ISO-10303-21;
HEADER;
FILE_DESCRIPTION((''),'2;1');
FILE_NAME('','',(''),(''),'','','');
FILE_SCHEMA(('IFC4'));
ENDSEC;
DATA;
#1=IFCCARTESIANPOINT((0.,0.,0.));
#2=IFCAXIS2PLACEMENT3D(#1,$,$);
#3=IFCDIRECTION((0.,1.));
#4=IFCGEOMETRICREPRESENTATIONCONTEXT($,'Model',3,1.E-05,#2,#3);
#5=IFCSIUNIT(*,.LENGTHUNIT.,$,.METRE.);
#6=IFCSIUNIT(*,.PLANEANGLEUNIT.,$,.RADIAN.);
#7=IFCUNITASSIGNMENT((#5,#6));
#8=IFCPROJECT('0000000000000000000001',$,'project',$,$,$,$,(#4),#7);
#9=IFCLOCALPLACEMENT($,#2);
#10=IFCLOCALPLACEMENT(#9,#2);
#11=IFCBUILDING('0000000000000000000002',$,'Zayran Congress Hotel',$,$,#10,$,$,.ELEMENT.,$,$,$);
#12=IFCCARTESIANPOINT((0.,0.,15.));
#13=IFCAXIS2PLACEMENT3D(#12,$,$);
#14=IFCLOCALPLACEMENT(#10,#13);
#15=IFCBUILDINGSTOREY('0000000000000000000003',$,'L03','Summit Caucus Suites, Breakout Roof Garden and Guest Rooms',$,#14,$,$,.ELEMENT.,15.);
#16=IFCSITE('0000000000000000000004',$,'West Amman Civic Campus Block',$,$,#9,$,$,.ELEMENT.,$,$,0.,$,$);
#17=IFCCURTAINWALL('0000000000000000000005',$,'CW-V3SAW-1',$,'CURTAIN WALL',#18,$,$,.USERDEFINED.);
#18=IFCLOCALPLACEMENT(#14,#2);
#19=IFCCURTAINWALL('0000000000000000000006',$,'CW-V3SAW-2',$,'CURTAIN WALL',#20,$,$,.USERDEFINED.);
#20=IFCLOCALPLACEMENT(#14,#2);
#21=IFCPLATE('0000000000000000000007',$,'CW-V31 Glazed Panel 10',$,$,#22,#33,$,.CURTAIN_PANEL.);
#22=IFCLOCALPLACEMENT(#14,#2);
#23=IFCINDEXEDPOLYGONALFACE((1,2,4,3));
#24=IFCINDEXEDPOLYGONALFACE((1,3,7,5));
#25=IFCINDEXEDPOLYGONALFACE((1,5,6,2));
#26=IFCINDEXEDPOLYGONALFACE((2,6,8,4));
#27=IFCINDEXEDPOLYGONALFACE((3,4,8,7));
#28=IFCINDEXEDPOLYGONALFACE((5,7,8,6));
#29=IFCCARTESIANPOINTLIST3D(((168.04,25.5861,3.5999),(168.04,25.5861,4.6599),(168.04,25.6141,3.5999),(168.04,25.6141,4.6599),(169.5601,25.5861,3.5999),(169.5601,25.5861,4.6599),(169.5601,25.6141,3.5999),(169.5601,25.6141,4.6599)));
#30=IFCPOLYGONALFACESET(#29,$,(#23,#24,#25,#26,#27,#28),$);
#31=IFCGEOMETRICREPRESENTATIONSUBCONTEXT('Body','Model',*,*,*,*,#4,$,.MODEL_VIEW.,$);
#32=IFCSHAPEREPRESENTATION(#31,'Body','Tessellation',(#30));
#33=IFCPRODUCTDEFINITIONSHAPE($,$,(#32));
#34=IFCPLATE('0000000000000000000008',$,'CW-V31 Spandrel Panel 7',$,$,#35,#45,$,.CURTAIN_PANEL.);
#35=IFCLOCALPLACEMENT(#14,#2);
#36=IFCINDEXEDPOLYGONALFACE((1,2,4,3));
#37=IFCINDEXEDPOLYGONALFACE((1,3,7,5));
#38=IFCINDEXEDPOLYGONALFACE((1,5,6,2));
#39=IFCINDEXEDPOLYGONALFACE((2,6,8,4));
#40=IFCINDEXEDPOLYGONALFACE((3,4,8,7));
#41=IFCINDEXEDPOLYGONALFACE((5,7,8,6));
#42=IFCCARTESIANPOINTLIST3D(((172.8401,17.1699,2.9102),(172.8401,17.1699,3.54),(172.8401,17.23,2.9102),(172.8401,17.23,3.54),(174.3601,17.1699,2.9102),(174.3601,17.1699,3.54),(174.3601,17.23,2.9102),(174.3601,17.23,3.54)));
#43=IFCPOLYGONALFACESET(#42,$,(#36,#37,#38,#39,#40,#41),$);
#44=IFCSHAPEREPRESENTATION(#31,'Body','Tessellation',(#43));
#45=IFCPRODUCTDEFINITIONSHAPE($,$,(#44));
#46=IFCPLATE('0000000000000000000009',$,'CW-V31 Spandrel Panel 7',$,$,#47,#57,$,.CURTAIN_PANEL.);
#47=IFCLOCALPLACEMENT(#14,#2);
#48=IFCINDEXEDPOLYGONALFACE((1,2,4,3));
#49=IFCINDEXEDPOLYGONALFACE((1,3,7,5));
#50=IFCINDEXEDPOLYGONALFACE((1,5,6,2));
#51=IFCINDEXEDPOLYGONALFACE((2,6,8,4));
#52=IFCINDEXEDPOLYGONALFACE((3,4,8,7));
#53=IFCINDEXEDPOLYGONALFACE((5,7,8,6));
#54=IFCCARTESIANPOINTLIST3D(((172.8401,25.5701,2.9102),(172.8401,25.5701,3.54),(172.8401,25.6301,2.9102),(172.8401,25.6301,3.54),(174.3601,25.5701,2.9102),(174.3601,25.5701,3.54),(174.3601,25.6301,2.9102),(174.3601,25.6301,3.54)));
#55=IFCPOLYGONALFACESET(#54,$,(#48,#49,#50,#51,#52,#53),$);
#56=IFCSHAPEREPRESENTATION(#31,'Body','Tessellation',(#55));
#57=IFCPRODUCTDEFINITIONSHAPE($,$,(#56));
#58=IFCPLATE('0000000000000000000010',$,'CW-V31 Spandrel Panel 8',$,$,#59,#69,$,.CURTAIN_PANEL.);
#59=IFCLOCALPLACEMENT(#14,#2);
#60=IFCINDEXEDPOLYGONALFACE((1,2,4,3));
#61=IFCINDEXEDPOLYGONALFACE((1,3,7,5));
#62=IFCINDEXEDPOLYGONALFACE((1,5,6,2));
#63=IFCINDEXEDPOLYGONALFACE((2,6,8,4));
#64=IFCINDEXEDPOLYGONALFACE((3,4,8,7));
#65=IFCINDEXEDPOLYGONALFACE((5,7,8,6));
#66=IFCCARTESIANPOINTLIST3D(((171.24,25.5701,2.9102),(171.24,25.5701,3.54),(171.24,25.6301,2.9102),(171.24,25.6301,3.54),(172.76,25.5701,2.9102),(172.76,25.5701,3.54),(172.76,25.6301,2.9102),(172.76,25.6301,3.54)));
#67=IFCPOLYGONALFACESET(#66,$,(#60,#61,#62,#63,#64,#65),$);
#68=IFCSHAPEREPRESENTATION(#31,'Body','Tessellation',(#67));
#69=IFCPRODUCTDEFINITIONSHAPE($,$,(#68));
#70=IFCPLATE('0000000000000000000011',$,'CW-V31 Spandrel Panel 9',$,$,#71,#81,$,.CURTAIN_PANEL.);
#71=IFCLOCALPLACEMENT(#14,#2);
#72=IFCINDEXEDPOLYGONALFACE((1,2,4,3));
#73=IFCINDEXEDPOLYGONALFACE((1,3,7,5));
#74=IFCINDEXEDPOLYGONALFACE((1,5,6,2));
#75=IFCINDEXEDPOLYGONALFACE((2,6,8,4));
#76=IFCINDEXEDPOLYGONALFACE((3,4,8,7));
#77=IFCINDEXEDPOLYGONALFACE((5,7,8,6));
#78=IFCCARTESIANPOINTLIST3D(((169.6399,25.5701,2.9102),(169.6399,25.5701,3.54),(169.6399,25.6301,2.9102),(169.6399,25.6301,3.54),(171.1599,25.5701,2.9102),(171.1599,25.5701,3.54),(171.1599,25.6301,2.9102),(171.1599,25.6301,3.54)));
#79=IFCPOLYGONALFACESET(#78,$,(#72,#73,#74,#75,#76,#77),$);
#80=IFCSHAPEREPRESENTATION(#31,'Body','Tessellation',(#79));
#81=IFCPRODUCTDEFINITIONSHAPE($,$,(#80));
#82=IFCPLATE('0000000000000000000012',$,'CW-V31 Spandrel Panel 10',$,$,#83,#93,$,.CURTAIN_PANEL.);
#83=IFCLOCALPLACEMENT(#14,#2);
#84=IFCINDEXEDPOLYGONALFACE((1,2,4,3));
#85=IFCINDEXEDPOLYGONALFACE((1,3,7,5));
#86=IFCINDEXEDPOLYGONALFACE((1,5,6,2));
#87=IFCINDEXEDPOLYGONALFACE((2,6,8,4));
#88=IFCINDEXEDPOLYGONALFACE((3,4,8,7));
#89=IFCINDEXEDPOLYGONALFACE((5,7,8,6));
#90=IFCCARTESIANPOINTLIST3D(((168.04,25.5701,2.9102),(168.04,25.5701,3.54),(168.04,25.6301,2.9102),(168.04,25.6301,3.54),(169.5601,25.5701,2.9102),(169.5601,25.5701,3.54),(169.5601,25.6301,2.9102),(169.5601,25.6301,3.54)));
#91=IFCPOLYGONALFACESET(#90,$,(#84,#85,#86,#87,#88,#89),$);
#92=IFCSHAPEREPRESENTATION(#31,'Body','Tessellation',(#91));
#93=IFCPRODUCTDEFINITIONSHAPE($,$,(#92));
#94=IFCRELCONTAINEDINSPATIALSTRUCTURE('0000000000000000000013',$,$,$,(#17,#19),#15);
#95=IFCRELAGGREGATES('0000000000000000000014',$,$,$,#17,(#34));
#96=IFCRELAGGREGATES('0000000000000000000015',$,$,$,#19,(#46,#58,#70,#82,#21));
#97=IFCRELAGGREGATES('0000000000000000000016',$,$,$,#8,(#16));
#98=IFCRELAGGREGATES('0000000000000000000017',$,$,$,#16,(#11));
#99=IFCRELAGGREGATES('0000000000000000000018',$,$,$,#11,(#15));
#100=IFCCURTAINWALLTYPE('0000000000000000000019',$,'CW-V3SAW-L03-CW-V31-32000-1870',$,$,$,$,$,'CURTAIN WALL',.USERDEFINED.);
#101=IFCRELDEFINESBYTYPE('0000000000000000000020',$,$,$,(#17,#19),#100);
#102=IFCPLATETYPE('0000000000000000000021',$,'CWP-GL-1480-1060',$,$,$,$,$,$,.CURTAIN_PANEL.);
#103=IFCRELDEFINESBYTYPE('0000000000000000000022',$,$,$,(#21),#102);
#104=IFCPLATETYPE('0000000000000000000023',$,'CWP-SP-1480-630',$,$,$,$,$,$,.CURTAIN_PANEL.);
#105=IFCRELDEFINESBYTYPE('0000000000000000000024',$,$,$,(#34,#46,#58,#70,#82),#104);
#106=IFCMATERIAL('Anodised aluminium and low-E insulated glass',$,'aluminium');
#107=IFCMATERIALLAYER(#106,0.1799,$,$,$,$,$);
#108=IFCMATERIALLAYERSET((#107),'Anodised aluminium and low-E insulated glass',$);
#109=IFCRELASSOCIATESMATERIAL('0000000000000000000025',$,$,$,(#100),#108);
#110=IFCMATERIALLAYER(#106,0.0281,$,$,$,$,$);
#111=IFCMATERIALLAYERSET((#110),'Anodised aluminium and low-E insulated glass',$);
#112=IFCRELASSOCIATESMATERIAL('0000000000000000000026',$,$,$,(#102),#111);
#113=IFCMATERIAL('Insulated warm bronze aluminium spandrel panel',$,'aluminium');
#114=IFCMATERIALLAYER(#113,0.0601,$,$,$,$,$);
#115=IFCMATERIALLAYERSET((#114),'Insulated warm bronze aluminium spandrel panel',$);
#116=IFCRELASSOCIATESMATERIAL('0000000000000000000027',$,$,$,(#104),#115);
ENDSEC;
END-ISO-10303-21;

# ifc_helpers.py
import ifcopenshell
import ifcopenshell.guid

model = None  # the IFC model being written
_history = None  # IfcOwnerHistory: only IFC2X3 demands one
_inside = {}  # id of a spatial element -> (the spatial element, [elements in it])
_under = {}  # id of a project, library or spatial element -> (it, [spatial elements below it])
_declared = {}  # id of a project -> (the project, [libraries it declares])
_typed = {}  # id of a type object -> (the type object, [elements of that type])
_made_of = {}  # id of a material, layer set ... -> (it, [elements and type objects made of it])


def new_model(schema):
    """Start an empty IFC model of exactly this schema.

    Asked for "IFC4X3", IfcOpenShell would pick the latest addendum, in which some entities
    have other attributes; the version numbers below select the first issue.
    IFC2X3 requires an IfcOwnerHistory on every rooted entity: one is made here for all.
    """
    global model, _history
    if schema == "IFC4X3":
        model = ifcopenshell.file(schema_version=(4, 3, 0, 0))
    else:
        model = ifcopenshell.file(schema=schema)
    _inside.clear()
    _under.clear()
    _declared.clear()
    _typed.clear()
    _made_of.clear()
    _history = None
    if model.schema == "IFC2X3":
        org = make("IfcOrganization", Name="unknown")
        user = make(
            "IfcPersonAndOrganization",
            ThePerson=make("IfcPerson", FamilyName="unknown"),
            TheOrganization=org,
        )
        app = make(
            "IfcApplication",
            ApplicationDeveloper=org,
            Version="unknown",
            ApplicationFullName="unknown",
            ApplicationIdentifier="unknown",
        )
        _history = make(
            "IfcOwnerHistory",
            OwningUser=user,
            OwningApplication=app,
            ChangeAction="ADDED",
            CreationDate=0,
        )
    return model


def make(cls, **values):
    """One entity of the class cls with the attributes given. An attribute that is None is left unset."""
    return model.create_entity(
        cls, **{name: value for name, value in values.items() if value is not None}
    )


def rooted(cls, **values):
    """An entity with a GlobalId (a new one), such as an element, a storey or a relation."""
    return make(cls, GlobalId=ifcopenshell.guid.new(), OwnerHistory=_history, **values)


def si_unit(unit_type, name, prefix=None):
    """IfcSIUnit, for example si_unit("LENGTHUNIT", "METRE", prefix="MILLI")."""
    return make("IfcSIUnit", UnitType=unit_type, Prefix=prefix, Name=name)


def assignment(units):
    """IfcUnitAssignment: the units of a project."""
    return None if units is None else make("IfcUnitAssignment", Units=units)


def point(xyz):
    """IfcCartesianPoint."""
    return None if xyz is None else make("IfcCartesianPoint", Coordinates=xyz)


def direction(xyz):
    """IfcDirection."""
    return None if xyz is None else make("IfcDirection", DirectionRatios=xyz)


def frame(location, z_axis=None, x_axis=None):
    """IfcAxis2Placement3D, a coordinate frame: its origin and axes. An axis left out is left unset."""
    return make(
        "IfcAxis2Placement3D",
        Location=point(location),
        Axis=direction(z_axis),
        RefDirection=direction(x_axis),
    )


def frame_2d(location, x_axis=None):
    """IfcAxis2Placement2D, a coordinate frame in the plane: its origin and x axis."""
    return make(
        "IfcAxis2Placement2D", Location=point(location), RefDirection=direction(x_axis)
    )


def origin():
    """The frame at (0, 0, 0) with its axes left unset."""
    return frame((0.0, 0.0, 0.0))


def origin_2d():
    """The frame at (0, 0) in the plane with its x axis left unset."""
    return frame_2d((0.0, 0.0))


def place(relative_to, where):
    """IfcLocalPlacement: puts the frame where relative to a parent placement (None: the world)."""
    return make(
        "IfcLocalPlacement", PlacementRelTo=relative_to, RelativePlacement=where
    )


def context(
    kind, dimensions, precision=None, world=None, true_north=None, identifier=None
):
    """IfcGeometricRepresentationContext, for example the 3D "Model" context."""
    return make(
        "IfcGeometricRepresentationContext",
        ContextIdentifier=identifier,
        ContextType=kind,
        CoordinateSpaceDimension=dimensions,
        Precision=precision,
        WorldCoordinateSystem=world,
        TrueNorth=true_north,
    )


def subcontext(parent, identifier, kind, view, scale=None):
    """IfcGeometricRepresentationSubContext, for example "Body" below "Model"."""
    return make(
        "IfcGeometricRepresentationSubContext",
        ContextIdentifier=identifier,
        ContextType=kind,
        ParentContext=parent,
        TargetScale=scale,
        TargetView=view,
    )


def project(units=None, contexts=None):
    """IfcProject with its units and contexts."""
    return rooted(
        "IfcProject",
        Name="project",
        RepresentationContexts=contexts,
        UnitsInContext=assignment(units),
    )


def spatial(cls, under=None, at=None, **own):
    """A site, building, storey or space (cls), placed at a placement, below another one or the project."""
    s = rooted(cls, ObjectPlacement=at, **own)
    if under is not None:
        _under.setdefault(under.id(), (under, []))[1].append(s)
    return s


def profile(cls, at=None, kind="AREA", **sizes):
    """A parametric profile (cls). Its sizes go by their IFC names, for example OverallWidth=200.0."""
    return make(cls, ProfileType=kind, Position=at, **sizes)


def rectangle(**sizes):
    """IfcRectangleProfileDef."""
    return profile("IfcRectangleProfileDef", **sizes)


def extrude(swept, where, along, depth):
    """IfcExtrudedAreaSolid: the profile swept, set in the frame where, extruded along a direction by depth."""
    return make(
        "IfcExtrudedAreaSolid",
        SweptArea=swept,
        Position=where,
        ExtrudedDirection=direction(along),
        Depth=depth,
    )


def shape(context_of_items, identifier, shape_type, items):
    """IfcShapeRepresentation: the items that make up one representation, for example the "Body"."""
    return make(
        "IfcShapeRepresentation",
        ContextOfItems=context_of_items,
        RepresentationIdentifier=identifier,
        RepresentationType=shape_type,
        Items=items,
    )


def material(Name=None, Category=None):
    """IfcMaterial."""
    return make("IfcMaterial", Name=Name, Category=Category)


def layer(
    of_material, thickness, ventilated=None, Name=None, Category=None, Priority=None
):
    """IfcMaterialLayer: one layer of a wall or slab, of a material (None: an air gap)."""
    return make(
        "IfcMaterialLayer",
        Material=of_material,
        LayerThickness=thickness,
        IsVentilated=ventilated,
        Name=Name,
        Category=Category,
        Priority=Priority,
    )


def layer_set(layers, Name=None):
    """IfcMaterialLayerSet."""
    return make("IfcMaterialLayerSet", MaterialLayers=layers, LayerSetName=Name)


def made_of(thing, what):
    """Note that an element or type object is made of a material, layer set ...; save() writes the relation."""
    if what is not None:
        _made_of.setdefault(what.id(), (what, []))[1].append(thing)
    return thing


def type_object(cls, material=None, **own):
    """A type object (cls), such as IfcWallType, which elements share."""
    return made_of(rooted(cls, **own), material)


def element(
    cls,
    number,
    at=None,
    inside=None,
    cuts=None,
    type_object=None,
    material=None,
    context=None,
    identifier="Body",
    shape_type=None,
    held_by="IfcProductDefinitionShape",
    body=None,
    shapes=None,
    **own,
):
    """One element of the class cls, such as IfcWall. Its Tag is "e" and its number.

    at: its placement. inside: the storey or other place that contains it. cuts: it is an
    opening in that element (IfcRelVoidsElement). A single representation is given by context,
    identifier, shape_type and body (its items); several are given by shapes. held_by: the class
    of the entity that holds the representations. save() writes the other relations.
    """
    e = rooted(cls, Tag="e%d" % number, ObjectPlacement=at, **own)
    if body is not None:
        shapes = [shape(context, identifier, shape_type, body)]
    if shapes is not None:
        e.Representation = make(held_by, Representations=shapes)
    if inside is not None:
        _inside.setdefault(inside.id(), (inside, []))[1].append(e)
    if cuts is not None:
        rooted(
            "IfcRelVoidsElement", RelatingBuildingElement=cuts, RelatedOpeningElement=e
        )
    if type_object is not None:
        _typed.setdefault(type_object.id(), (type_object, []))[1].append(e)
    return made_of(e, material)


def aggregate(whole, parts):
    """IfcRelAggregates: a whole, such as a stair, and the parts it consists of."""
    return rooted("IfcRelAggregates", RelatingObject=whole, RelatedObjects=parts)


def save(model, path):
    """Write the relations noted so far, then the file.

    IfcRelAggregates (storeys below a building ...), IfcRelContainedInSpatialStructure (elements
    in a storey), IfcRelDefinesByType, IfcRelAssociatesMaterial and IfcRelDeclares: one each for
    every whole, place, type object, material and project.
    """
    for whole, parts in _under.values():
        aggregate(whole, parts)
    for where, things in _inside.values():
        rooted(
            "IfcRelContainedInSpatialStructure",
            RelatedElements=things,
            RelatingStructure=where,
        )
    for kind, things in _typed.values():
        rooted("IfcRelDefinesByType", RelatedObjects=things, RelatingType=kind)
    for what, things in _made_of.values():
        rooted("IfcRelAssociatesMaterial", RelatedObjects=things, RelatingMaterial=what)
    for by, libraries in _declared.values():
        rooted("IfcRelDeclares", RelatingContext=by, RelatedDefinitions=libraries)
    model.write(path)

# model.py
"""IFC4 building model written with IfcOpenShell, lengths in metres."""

from ifc_helpers import new_model, si_unit, direction, frame, origin, origin_2d, place, context, subcontext, project, spatial, rectangle, extrude, material, layer, layer_set, type_object, element, aggregate, save


model = new_model("IFC4")

# Units and contexts
model_context = context("Model", 3, precision=1e-05, world=origin(), true_north=direction((0.0, 1.0)))
body_context = subcontext(model_context, "Body", "Model", "MODEL_VIEW")
ifc_project = project(units=[si_unit("LENGTHUNIT", "METRE"), si_unit("PLANEANGLEUNIT", "RADIAN")], contexts=[model_context])

# Site, building, storey
site_placement = place(None, origin())
site = spatial("IfcSite", under=ifc_project, at=site_placement, Name="West Amman Civic Campus Block", CompositionType="ELEMENT", RefElevation=0.0)
building_placement = place(site_placement, origin())
building = spatial("IfcBuilding", under=site, at=building_placement, Name="Zayran Congress Hotel", CompositionType="ELEMENT")
storey_placement = place(building_placement, frame((0.0, 0.0, 15.0)))
storey = spatial("IfcBuildingStorey", under=building, at=storey_placement, Name="L03", Description="Summit Caucus Suites, Breakout Roof Garden and Guest Rooms", CompositionType="ELEMENT", Elevation=15.0)

# Curtain wall
ifc_material_1 = material(Name="Anodised aluminium and low-E insulated glass", Category="aluminium")
ifc_layer_1 = layer(ifc_material_1, 0.1799)
ifc_layer_set_1 = layer_set([ifc_layer_1], Name="Anodised aluminium and low-E insulated glass")
curtain_wall_type = type_object("IfcCurtainWallType", Name="CW-V3SAW-L03-CW-V31-32000-1870", ElementType="CURTAIN WALL", PredefinedType="USERDEFINED", material=ifc_layer_set_1)
curtain_wall_1_placement = place(storey_placement, origin())
curtain_wall_1 = element("IfcCurtainWall", 1, at=curtain_wall_1_placement, inside=storey, type_object=curtain_wall_type, Name="CW-V3SAW-1", ObjectType="CURTAIN WALL", PredefinedType="USERDEFINED")

# Curtain wall
curtain_wall_2_placement = place(storey_placement, origin())
curtain_wall_2 = element("IfcCurtainWall", 2, at=curtain_wall_2_placement, inside=storey, type_object=curtain_wall_type, Name="CW-V3SAW-2", ObjectType="CURTAIN WALL", PredefinedType="USERDEFINED")

# Plates
ifc_layer_2 = layer(ifc_material_1, 0.0281)
ifc_layer_set_2 = layer_set([ifc_layer_2], Name="Anodised aluminium and low-E insulated glass")
plate_type_1 = type_object("IfcPlateType", Name="CWP-GL-1480-1060", PredefinedType="CURTAIN_PANEL", material=ifc_layer_set_2)
plate_1_placement = place(storey_placement, frame((168.8, 25.6001, 3.5999), z_axis=(0.0, 0.0, 1.0), x_axis=(1.0, 0.0, 0.0)))
plate_1 = element("IfcPlate", 3, at=plate_1_placement, type_object=plate_type_1, Name="CW-V31 Glazed Panel 10", PredefinedType="CURTAIN_PANEL", context=body_context, shape_type="SweptSolid", body=[
    extrude(rectangle(XDim=1.52, YDim=0.0281, at=origin_2d()), origin(), (0.0, 0.0, 1.0), 1.0601),
])
ifc_material_2 = material(Name="Insulated warm bronze aluminium spandrel panel", Category="aluminium")
ifc_layer_3 = layer(ifc_material_2, 0.0601)
ifc_layer_set_3 = layer_set([ifc_layer_3], Name="Insulated warm bronze aluminium spandrel panel")
plate_type_2 = type_object("IfcPlateType", Name="CWP-SP-1480-630", PredefinedType="CURTAIN_PANEL", material=ifc_layer_set_3)
plate_2_placement = place(storey_placement, frame((173.6001, 17.2, 2.9102), z_axis=(0.0, 0.0, 1.0), x_axis=(1.0, 0.0, 0.0)))
plate_2 = element("IfcPlate", 4, at=plate_2_placement, type_object=plate_type_2, Name="CW-V31 Spandrel Panel 7", PredefinedType="CURTAIN_PANEL", context=body_context, shape_type="SweptSolid", body=[
    extrude(rectangle(XDim=1.52, YDim=0.0601, at=origin_2d()), origin(), (0.0, 0.0, 1.0), 0.6299),
])
aggregate(curtain_wall_1, [plate_2])
plate_3_placement = place(storey_placement, frame((173.6001, 25.6001, 2.9102), z_axis=(0.0, 0.0, 1.0), x_axis=(1.0, 0.0, 0.0)))
plate_3 = element("IfcPlate", 5, at=plate_3_placement, type_object=plate_type_2, Name="CW-V31 Spandrel Panel 7", PredefinedType="CURTAIN_PANEL", context=body_context, shape_type="SweptSolid", body=[
    extrude(rectangle(XDim=1.52, YDim=0.0601, at=origin_2d()), origin(), (0.0, 0.0, 1.0), 0.6299),
])
plate_4_placement = place(storey_placement, frame((172.0, 25.6001, 2.9102), z_axis=(0.0, 0.0, 1.0), x_axis=(1.0, 0.0, 0.0)))
plate_4 = element("IfcPlate", 6, at=plate_4_placement, type_object=plate_type_2, Name="CW-V31 Spandrel Panel 8", PredefinedType="CURTAIN_PANEL", context=body_context, shape_type="SweptSolid", body=[
    extrude(rectangle(XDim=1.52, YDim=0.0601, at=origin_2d()), origin(), (0.0, 0.0, 1.0), 0.6299),
])
plate_5_placement = place(storey_placement, frame((170.3999, 25.6001, 2.9102), z_axis=(0.0, 0.0, 1.0), x_axis=(1.0, 0.0, 0.0)))
plate_5 = element("IfcPlate", 7, at=plate_5_placement, type_object=plate_type_2, Name="CW-V31 Spandrel Panel 9", PredefinedType="CURTAIN_PANEL", context=body_context, shape_type="SweptSolid", body=[
    extrude(rectangle(XDim=1.52, YDim=0.0601, at=origin_2d()), origin(), (0.0, 0.0, 1.0), 0.6299),
])
plate_6_placement = place(storey_placement, frame((168.8, 25.6001, 2.9102), z_axis=(0.0, 0.0, 1.0), x_axis=(1.0, 0.0, 0.0)))
plate_6 = element("IfcPlate", 8, at=plate_6_placement, type_object=plate_type_2, Name="CW-V31 Spandrel Panel 10", PredefinedType="CURTAIN_PANEL", context=body_context, shape_type="SweptSolid", body=[
    extrude(rectangle(XDim=1.52, YDim=0.0601, at=origin_2d()), origin(), (0.0, 0.0, 1.0), 0.6299),
])
aggregate(curtain_wall_2, [plate_3, plate_4, plate_5, plate_6, plate_1])

save(model, "model.ifc")
